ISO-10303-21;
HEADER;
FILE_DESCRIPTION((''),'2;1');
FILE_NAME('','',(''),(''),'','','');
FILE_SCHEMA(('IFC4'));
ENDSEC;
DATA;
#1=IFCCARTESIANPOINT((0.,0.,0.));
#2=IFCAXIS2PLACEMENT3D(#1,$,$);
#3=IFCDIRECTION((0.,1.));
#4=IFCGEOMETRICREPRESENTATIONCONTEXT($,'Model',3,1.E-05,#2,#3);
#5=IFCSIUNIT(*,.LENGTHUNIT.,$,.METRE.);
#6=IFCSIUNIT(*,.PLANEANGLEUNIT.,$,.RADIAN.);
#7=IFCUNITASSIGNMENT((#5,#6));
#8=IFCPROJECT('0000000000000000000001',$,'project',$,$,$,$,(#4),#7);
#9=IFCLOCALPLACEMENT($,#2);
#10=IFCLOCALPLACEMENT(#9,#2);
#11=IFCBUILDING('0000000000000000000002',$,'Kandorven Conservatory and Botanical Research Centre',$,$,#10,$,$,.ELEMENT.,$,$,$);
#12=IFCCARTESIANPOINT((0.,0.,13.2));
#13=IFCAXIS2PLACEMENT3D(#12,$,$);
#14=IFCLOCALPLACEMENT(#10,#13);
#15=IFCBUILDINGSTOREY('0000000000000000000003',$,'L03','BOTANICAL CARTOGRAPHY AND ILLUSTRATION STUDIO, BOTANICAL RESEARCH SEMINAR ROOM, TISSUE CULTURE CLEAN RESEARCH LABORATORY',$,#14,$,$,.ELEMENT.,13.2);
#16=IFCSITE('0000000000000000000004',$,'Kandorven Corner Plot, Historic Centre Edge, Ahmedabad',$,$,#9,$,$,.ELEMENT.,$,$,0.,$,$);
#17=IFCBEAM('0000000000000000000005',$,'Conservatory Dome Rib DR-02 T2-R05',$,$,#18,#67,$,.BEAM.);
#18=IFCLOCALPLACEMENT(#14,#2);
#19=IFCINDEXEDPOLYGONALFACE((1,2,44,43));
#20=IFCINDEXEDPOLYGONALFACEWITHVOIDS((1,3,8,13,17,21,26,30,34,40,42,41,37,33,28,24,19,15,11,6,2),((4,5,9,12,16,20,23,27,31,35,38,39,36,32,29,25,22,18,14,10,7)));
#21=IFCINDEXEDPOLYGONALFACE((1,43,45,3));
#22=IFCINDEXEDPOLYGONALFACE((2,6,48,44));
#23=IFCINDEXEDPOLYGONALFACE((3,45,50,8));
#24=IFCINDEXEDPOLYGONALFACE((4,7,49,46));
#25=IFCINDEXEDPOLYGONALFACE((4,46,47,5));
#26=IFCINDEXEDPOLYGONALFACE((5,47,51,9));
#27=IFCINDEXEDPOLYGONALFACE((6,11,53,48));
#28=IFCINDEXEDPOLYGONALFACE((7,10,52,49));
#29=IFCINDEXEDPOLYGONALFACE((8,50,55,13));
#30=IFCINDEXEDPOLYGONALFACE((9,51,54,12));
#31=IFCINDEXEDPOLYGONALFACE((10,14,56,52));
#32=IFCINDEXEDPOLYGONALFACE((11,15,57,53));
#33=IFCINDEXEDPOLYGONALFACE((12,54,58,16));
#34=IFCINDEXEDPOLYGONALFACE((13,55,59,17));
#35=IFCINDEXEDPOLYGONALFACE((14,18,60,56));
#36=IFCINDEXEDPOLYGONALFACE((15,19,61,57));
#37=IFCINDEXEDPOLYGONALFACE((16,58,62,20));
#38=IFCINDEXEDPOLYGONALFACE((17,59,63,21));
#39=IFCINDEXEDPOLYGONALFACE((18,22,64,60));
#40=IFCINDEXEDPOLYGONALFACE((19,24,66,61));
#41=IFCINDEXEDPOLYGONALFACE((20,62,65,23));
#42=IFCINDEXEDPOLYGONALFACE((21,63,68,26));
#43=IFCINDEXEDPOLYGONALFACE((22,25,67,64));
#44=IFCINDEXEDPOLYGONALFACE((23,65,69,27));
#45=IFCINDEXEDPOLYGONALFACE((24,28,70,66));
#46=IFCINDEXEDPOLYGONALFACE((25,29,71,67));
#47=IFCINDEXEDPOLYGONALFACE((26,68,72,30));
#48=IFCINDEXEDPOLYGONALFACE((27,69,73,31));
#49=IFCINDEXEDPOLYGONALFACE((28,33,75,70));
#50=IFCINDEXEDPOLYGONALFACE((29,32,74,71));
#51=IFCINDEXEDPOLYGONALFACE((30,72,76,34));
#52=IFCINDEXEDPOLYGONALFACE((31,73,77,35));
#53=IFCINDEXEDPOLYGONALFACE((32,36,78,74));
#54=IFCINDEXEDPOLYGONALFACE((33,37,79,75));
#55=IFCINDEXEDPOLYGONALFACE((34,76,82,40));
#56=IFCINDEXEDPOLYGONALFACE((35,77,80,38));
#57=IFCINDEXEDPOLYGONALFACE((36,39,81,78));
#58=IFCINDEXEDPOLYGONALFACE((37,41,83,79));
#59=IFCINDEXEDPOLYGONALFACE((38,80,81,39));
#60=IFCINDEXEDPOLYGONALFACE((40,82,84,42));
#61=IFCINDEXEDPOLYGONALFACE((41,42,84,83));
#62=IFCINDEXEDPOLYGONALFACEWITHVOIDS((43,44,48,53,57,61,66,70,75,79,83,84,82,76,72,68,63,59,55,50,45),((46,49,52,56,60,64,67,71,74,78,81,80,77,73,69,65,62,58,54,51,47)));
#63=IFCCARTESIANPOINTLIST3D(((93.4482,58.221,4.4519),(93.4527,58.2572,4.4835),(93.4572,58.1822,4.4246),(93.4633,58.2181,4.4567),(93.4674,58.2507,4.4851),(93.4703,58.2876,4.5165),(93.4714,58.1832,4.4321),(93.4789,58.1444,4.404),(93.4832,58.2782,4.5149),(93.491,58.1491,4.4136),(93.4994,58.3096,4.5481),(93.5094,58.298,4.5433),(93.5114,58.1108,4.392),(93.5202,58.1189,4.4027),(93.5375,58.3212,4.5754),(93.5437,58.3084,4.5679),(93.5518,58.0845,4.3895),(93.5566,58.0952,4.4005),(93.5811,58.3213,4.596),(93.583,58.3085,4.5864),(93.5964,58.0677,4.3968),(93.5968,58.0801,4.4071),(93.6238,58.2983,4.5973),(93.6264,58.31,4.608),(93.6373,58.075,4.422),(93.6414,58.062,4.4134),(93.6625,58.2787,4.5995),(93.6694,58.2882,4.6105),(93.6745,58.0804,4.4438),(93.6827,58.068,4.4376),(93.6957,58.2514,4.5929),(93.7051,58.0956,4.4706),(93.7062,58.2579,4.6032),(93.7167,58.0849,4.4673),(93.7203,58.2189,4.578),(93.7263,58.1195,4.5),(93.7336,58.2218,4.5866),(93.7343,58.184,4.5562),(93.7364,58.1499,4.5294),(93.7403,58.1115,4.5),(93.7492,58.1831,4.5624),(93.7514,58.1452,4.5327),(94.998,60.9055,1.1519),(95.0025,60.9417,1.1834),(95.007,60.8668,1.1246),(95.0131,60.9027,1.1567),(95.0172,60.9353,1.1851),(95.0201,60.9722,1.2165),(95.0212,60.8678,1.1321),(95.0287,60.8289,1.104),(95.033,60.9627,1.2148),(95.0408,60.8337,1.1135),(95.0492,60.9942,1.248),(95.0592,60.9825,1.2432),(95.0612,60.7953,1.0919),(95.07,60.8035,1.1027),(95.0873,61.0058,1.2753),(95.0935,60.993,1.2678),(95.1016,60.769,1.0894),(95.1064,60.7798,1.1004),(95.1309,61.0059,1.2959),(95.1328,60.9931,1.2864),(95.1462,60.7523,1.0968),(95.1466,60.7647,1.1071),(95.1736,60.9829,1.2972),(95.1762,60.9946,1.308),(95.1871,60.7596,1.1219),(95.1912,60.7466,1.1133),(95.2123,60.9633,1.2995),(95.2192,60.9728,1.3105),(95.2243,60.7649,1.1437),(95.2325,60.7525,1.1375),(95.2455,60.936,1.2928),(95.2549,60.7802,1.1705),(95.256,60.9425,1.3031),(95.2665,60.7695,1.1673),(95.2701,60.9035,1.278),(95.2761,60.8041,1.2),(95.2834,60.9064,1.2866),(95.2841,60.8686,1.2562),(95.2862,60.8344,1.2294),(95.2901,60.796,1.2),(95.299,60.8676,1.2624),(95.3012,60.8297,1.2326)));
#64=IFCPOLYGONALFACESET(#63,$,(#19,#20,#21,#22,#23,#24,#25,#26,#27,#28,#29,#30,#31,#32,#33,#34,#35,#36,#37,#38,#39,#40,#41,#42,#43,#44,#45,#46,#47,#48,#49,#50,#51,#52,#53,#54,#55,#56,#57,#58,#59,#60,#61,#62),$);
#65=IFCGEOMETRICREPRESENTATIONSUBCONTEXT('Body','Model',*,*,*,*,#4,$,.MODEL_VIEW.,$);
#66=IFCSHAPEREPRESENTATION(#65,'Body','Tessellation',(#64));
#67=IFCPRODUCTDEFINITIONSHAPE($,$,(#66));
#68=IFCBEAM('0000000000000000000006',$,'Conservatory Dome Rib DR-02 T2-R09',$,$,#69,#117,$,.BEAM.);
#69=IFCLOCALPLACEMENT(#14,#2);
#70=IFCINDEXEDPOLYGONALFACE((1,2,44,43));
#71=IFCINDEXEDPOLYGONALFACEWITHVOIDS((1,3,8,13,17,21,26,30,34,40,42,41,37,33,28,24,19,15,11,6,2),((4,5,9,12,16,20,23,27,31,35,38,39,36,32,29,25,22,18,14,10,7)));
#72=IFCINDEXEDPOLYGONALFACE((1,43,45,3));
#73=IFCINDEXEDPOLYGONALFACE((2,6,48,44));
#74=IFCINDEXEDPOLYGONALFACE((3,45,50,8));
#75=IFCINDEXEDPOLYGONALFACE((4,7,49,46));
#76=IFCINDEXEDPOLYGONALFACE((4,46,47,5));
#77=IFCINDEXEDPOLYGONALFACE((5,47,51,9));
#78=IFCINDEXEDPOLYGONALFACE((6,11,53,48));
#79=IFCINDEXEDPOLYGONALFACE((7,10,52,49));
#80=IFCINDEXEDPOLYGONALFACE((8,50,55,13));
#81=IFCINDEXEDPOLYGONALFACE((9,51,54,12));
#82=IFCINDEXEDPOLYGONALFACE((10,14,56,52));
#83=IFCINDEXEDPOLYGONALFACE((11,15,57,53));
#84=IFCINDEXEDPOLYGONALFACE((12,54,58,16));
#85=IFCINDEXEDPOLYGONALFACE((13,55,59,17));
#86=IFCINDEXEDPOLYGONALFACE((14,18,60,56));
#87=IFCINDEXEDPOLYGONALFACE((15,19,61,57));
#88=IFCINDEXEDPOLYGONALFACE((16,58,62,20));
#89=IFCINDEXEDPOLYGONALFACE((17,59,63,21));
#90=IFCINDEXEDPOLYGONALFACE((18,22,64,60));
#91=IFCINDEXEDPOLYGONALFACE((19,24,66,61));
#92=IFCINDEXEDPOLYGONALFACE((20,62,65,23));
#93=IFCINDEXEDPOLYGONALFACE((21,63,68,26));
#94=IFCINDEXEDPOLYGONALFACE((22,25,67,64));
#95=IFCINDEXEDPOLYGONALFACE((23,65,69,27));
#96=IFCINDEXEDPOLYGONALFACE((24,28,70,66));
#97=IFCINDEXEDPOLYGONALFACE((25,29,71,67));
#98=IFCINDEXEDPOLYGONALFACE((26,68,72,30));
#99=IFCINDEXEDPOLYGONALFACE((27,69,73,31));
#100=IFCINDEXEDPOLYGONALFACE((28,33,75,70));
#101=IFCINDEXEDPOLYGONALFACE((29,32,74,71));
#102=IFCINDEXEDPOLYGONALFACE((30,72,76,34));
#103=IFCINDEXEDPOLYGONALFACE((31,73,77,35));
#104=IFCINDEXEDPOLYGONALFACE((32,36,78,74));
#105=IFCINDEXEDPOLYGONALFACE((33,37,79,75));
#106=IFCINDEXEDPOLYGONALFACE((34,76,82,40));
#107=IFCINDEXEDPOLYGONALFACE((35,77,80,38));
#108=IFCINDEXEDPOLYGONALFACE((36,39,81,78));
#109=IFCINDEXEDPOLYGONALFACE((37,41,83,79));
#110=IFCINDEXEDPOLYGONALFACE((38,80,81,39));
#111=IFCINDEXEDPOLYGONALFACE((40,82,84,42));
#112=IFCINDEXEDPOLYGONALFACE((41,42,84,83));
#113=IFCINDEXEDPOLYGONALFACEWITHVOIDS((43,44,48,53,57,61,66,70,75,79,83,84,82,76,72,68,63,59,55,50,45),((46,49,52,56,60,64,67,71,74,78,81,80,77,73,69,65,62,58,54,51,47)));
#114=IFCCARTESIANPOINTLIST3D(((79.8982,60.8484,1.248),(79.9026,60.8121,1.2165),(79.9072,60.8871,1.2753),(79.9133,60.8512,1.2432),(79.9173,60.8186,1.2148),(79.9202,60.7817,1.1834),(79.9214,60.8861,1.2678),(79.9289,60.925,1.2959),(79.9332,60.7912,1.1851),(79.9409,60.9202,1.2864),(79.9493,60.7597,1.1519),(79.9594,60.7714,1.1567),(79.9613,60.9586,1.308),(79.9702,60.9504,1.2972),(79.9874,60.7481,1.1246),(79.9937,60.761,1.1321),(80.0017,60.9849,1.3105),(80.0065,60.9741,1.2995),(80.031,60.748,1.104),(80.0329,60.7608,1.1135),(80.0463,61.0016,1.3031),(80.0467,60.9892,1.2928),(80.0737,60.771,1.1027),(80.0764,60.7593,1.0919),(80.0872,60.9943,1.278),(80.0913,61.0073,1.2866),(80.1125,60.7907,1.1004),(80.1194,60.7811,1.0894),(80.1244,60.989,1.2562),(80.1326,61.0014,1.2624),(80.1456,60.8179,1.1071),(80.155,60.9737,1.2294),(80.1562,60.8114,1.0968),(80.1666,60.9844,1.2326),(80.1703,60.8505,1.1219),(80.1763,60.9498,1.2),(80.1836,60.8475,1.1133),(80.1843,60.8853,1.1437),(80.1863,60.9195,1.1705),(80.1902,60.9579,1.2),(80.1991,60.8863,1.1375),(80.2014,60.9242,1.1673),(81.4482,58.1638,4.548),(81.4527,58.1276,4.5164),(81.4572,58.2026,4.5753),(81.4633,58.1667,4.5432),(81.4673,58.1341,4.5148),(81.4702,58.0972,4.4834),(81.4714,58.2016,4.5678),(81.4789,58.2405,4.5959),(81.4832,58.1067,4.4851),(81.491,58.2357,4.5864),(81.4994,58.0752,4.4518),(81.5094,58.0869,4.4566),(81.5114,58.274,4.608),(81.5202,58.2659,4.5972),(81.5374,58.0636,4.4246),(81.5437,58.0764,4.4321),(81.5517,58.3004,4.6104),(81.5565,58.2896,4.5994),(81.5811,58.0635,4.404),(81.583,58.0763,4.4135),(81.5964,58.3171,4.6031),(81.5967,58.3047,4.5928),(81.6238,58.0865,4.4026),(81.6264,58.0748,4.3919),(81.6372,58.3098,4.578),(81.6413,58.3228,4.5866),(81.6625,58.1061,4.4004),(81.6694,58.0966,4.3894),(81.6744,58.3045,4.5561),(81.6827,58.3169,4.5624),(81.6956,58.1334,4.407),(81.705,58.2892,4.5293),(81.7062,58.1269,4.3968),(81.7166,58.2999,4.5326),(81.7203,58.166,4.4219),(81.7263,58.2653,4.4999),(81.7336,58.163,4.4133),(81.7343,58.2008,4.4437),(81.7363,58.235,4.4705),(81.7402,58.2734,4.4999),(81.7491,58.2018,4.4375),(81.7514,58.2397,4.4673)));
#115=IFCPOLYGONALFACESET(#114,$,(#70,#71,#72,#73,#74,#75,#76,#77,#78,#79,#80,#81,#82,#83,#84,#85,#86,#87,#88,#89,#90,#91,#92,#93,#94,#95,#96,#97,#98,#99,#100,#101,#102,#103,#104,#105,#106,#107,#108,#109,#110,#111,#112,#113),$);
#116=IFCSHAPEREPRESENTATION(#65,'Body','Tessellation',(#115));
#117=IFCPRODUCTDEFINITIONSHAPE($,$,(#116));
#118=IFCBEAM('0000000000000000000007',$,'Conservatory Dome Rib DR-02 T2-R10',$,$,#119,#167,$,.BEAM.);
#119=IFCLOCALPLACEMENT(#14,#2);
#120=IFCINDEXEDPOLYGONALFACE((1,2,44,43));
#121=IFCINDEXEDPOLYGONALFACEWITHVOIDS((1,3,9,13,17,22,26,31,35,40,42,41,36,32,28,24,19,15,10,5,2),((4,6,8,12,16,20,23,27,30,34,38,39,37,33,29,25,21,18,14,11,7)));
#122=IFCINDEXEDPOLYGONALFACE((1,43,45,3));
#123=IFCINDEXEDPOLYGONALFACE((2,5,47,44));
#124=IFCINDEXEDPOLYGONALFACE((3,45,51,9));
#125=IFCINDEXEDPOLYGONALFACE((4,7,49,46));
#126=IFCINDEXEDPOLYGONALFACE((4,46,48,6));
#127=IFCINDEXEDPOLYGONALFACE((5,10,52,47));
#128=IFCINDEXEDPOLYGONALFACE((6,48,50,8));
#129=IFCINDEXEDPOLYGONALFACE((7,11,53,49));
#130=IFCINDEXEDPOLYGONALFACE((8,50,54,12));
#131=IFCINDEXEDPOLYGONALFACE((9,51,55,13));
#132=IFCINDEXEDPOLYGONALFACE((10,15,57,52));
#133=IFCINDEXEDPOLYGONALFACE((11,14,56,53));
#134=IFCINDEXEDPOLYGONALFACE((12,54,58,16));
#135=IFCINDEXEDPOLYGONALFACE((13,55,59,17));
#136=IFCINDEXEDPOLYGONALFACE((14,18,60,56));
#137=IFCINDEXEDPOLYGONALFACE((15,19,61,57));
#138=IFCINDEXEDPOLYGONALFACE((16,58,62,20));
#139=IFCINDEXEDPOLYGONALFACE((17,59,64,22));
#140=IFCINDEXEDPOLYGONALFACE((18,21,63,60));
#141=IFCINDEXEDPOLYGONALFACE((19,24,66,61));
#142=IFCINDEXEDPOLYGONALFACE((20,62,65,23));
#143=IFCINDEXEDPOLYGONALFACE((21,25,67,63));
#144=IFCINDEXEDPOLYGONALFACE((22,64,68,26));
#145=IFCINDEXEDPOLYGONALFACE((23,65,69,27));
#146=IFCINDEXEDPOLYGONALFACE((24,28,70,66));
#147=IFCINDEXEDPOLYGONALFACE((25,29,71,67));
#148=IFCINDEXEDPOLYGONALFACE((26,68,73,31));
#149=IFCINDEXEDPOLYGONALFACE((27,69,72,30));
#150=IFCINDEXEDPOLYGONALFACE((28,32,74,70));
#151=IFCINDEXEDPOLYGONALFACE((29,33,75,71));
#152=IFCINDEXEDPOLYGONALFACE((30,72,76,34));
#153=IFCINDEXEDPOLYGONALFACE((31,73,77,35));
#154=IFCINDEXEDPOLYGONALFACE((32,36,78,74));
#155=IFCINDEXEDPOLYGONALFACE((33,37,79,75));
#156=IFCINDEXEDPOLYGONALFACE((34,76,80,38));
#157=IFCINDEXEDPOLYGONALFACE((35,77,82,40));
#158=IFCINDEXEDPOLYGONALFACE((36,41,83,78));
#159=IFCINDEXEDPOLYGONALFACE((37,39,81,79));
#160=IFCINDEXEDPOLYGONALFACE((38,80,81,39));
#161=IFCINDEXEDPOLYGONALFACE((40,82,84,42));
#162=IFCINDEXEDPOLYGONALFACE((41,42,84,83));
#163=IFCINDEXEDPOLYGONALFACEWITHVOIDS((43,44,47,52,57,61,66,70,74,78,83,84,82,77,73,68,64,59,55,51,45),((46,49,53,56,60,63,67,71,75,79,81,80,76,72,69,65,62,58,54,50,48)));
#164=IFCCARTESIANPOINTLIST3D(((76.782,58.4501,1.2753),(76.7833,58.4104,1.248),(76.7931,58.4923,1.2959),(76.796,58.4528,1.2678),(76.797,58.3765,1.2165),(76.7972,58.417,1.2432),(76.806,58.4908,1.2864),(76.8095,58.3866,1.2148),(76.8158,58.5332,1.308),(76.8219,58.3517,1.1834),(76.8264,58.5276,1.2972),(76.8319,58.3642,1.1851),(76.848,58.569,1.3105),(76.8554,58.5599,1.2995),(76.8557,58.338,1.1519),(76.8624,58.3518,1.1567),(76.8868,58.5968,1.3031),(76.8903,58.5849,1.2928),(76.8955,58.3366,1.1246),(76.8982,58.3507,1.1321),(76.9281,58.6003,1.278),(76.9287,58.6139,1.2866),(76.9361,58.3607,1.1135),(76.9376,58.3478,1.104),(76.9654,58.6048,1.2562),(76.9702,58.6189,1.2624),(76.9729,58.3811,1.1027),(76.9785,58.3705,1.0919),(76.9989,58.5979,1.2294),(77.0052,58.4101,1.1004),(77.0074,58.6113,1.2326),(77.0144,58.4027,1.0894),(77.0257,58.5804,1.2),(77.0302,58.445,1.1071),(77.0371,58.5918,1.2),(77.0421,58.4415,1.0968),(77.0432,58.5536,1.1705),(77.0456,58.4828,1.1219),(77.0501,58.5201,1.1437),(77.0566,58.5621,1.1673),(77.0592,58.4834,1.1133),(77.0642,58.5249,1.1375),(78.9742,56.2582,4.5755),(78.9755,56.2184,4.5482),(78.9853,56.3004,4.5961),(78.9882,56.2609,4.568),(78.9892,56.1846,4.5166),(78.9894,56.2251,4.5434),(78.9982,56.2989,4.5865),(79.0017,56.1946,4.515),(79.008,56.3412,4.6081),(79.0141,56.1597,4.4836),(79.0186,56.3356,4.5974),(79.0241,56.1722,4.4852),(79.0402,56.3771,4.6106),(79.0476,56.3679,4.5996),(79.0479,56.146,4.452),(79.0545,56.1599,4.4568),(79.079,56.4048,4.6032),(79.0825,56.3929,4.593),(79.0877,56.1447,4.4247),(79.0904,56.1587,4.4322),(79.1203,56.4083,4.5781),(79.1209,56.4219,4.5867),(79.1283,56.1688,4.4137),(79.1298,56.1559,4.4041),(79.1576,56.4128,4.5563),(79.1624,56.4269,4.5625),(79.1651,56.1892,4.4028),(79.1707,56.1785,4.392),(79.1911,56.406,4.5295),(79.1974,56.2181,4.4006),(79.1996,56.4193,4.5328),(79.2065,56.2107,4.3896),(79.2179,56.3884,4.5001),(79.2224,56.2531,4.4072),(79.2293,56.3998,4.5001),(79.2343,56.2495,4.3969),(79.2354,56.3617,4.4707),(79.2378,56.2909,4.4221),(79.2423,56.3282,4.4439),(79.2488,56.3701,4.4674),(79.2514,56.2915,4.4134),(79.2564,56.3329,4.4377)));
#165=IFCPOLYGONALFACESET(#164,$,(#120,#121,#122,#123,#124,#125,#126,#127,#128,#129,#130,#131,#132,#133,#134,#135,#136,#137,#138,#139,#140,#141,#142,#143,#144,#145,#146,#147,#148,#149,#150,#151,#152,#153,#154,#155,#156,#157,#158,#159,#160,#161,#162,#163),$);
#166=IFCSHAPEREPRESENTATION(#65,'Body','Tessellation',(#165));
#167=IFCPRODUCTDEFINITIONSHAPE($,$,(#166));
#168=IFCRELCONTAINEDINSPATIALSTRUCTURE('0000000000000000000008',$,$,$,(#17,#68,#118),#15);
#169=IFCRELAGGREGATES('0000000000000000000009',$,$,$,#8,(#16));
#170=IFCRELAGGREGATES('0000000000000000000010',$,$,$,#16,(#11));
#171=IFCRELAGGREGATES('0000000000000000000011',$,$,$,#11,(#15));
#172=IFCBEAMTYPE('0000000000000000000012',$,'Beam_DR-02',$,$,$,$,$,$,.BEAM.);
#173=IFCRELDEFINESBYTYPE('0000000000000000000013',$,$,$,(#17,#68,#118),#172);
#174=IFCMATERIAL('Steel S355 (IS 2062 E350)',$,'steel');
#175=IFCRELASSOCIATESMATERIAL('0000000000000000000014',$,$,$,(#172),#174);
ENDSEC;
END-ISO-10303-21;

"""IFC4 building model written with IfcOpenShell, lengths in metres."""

from ifc_helpers import new_model, si_unit, direction, frame, origin, origin_2d, place, context, subcontext, project, spatial, hollow_circle, extrude, material, material_profile, profile_set, type_object, element, save


model = new_model("IFC4")

# Units and contexts
model_context = context("Model", 3, precision=1e-05, world=origin(), true_north=direction((0.0, 1.0)))
body_context = subcontext(model_context, "Body", "Model", "MODEL_VIEW")
ifc_project = project(units=[si_unit("LENGTHUNIT", "METRE"), si_unit("PLANEANGLEUNIT", "RADIAN")], contexts=[model_context])

# Site, building, storey
site_placement = place(None, origin())
site = spatial("IfcSite", under=ifc_project, at=site_placement, Name="Kandorven Corner Plot, Historic Centre Edge, Ahmedabad", CompositionType="ELEMENT", RefElevation=0.0)
building_placement = place(site_placement, origin())
building = spatial("IfcBuilding", under=site, at=building_placement, Name="Kandorven Conservatory and Botanical Research Centre", CompositionType="ELEMENT")
storey_placement = place(building_placement, frame((0.0, 0.0, 13.2)))
storey = spatial("IfcBuildingStorey", under=building, at=storey_placement, Name="L03", Description="BOTANICAL CARTOGRAPHY AND ILLUSTRATION STUDIO, BOTANICAL RESEARCH SEMINAR ROOM, TISSUE CULTURE CLEAN RESEARCH LABORATORY", CompositionType="ELEMENT", Elevation=13.2)

# Beams
ifc_material_1 = material(Name="Steel S355 (IS 2062 E350)", Category="steel")
ifc_material_profile_1 = material_profile(ifc_material_1, hollow_circle(Radius=0.1619, WallThickness=0.0161, at=origin_2d()))
ifc_profile_set_1 = profile_set([ifc_material_profile_1], Name="Steel S355 (IS 2062 E350)")
beam_type = type_object("IfcBeamType", Name="Beam_DR-02", PredefinedType="BEAM", material=ifc_profile_set_1)
for number, where, z_axis, x_axis, name in (
    (1, (95.1499, 60.877, 1.2), (-0.342302, -0.592935, 0.728874), (0.866044, -0.499968, 0.0), "Conservatory Dome Rib DR-02 T2-R05"),
    (2, (80.05, 60.877, 1.2), (0.342349, -0.592924, 0.728861), (0.86601, 0.500027, 0.0), "Conservatory Dome Rib DR-02 T2-R09"),
):
    element("IfcBeam", number, at=place(storey_placement, frame(where, z_axis=z_axis, x_axis=x_axis)), inside=storey, type_object=beam_type, Name=name, PredefinedType="BEAM", context=body_context, shape_type="SweptSolid", body=[
        extrude(hollow_circle(Radius=0.1619, WallThickness=0.0161, at=origin_2d()), origin(), (0.0, 0.0, 1.0), 4.5276),
    ])
beam_placement = place(storey_placement, frame((76.9226, 58.4773, 1.2), z_axis=(0.48416, -0.484106, 0.728855), x_axis=(0.707067, 0.707146, 0.0)))
element("IfcBeam", 3, at=beam_placement, inside=storey, type_object=beam_type, Name="Conservatory Dome Rib DR-02 T2-R10", PredefinedType="BEAM", context=body_context, shape_type="SweptSolid", body=[
    extrude(hollow_circle(Radius=0.1619, WallThickness=0.0161, at=origin_2d()), origin(), (0.0, 0.0, 1.0), 4.5278),
])

save(model, "model.ifc")
